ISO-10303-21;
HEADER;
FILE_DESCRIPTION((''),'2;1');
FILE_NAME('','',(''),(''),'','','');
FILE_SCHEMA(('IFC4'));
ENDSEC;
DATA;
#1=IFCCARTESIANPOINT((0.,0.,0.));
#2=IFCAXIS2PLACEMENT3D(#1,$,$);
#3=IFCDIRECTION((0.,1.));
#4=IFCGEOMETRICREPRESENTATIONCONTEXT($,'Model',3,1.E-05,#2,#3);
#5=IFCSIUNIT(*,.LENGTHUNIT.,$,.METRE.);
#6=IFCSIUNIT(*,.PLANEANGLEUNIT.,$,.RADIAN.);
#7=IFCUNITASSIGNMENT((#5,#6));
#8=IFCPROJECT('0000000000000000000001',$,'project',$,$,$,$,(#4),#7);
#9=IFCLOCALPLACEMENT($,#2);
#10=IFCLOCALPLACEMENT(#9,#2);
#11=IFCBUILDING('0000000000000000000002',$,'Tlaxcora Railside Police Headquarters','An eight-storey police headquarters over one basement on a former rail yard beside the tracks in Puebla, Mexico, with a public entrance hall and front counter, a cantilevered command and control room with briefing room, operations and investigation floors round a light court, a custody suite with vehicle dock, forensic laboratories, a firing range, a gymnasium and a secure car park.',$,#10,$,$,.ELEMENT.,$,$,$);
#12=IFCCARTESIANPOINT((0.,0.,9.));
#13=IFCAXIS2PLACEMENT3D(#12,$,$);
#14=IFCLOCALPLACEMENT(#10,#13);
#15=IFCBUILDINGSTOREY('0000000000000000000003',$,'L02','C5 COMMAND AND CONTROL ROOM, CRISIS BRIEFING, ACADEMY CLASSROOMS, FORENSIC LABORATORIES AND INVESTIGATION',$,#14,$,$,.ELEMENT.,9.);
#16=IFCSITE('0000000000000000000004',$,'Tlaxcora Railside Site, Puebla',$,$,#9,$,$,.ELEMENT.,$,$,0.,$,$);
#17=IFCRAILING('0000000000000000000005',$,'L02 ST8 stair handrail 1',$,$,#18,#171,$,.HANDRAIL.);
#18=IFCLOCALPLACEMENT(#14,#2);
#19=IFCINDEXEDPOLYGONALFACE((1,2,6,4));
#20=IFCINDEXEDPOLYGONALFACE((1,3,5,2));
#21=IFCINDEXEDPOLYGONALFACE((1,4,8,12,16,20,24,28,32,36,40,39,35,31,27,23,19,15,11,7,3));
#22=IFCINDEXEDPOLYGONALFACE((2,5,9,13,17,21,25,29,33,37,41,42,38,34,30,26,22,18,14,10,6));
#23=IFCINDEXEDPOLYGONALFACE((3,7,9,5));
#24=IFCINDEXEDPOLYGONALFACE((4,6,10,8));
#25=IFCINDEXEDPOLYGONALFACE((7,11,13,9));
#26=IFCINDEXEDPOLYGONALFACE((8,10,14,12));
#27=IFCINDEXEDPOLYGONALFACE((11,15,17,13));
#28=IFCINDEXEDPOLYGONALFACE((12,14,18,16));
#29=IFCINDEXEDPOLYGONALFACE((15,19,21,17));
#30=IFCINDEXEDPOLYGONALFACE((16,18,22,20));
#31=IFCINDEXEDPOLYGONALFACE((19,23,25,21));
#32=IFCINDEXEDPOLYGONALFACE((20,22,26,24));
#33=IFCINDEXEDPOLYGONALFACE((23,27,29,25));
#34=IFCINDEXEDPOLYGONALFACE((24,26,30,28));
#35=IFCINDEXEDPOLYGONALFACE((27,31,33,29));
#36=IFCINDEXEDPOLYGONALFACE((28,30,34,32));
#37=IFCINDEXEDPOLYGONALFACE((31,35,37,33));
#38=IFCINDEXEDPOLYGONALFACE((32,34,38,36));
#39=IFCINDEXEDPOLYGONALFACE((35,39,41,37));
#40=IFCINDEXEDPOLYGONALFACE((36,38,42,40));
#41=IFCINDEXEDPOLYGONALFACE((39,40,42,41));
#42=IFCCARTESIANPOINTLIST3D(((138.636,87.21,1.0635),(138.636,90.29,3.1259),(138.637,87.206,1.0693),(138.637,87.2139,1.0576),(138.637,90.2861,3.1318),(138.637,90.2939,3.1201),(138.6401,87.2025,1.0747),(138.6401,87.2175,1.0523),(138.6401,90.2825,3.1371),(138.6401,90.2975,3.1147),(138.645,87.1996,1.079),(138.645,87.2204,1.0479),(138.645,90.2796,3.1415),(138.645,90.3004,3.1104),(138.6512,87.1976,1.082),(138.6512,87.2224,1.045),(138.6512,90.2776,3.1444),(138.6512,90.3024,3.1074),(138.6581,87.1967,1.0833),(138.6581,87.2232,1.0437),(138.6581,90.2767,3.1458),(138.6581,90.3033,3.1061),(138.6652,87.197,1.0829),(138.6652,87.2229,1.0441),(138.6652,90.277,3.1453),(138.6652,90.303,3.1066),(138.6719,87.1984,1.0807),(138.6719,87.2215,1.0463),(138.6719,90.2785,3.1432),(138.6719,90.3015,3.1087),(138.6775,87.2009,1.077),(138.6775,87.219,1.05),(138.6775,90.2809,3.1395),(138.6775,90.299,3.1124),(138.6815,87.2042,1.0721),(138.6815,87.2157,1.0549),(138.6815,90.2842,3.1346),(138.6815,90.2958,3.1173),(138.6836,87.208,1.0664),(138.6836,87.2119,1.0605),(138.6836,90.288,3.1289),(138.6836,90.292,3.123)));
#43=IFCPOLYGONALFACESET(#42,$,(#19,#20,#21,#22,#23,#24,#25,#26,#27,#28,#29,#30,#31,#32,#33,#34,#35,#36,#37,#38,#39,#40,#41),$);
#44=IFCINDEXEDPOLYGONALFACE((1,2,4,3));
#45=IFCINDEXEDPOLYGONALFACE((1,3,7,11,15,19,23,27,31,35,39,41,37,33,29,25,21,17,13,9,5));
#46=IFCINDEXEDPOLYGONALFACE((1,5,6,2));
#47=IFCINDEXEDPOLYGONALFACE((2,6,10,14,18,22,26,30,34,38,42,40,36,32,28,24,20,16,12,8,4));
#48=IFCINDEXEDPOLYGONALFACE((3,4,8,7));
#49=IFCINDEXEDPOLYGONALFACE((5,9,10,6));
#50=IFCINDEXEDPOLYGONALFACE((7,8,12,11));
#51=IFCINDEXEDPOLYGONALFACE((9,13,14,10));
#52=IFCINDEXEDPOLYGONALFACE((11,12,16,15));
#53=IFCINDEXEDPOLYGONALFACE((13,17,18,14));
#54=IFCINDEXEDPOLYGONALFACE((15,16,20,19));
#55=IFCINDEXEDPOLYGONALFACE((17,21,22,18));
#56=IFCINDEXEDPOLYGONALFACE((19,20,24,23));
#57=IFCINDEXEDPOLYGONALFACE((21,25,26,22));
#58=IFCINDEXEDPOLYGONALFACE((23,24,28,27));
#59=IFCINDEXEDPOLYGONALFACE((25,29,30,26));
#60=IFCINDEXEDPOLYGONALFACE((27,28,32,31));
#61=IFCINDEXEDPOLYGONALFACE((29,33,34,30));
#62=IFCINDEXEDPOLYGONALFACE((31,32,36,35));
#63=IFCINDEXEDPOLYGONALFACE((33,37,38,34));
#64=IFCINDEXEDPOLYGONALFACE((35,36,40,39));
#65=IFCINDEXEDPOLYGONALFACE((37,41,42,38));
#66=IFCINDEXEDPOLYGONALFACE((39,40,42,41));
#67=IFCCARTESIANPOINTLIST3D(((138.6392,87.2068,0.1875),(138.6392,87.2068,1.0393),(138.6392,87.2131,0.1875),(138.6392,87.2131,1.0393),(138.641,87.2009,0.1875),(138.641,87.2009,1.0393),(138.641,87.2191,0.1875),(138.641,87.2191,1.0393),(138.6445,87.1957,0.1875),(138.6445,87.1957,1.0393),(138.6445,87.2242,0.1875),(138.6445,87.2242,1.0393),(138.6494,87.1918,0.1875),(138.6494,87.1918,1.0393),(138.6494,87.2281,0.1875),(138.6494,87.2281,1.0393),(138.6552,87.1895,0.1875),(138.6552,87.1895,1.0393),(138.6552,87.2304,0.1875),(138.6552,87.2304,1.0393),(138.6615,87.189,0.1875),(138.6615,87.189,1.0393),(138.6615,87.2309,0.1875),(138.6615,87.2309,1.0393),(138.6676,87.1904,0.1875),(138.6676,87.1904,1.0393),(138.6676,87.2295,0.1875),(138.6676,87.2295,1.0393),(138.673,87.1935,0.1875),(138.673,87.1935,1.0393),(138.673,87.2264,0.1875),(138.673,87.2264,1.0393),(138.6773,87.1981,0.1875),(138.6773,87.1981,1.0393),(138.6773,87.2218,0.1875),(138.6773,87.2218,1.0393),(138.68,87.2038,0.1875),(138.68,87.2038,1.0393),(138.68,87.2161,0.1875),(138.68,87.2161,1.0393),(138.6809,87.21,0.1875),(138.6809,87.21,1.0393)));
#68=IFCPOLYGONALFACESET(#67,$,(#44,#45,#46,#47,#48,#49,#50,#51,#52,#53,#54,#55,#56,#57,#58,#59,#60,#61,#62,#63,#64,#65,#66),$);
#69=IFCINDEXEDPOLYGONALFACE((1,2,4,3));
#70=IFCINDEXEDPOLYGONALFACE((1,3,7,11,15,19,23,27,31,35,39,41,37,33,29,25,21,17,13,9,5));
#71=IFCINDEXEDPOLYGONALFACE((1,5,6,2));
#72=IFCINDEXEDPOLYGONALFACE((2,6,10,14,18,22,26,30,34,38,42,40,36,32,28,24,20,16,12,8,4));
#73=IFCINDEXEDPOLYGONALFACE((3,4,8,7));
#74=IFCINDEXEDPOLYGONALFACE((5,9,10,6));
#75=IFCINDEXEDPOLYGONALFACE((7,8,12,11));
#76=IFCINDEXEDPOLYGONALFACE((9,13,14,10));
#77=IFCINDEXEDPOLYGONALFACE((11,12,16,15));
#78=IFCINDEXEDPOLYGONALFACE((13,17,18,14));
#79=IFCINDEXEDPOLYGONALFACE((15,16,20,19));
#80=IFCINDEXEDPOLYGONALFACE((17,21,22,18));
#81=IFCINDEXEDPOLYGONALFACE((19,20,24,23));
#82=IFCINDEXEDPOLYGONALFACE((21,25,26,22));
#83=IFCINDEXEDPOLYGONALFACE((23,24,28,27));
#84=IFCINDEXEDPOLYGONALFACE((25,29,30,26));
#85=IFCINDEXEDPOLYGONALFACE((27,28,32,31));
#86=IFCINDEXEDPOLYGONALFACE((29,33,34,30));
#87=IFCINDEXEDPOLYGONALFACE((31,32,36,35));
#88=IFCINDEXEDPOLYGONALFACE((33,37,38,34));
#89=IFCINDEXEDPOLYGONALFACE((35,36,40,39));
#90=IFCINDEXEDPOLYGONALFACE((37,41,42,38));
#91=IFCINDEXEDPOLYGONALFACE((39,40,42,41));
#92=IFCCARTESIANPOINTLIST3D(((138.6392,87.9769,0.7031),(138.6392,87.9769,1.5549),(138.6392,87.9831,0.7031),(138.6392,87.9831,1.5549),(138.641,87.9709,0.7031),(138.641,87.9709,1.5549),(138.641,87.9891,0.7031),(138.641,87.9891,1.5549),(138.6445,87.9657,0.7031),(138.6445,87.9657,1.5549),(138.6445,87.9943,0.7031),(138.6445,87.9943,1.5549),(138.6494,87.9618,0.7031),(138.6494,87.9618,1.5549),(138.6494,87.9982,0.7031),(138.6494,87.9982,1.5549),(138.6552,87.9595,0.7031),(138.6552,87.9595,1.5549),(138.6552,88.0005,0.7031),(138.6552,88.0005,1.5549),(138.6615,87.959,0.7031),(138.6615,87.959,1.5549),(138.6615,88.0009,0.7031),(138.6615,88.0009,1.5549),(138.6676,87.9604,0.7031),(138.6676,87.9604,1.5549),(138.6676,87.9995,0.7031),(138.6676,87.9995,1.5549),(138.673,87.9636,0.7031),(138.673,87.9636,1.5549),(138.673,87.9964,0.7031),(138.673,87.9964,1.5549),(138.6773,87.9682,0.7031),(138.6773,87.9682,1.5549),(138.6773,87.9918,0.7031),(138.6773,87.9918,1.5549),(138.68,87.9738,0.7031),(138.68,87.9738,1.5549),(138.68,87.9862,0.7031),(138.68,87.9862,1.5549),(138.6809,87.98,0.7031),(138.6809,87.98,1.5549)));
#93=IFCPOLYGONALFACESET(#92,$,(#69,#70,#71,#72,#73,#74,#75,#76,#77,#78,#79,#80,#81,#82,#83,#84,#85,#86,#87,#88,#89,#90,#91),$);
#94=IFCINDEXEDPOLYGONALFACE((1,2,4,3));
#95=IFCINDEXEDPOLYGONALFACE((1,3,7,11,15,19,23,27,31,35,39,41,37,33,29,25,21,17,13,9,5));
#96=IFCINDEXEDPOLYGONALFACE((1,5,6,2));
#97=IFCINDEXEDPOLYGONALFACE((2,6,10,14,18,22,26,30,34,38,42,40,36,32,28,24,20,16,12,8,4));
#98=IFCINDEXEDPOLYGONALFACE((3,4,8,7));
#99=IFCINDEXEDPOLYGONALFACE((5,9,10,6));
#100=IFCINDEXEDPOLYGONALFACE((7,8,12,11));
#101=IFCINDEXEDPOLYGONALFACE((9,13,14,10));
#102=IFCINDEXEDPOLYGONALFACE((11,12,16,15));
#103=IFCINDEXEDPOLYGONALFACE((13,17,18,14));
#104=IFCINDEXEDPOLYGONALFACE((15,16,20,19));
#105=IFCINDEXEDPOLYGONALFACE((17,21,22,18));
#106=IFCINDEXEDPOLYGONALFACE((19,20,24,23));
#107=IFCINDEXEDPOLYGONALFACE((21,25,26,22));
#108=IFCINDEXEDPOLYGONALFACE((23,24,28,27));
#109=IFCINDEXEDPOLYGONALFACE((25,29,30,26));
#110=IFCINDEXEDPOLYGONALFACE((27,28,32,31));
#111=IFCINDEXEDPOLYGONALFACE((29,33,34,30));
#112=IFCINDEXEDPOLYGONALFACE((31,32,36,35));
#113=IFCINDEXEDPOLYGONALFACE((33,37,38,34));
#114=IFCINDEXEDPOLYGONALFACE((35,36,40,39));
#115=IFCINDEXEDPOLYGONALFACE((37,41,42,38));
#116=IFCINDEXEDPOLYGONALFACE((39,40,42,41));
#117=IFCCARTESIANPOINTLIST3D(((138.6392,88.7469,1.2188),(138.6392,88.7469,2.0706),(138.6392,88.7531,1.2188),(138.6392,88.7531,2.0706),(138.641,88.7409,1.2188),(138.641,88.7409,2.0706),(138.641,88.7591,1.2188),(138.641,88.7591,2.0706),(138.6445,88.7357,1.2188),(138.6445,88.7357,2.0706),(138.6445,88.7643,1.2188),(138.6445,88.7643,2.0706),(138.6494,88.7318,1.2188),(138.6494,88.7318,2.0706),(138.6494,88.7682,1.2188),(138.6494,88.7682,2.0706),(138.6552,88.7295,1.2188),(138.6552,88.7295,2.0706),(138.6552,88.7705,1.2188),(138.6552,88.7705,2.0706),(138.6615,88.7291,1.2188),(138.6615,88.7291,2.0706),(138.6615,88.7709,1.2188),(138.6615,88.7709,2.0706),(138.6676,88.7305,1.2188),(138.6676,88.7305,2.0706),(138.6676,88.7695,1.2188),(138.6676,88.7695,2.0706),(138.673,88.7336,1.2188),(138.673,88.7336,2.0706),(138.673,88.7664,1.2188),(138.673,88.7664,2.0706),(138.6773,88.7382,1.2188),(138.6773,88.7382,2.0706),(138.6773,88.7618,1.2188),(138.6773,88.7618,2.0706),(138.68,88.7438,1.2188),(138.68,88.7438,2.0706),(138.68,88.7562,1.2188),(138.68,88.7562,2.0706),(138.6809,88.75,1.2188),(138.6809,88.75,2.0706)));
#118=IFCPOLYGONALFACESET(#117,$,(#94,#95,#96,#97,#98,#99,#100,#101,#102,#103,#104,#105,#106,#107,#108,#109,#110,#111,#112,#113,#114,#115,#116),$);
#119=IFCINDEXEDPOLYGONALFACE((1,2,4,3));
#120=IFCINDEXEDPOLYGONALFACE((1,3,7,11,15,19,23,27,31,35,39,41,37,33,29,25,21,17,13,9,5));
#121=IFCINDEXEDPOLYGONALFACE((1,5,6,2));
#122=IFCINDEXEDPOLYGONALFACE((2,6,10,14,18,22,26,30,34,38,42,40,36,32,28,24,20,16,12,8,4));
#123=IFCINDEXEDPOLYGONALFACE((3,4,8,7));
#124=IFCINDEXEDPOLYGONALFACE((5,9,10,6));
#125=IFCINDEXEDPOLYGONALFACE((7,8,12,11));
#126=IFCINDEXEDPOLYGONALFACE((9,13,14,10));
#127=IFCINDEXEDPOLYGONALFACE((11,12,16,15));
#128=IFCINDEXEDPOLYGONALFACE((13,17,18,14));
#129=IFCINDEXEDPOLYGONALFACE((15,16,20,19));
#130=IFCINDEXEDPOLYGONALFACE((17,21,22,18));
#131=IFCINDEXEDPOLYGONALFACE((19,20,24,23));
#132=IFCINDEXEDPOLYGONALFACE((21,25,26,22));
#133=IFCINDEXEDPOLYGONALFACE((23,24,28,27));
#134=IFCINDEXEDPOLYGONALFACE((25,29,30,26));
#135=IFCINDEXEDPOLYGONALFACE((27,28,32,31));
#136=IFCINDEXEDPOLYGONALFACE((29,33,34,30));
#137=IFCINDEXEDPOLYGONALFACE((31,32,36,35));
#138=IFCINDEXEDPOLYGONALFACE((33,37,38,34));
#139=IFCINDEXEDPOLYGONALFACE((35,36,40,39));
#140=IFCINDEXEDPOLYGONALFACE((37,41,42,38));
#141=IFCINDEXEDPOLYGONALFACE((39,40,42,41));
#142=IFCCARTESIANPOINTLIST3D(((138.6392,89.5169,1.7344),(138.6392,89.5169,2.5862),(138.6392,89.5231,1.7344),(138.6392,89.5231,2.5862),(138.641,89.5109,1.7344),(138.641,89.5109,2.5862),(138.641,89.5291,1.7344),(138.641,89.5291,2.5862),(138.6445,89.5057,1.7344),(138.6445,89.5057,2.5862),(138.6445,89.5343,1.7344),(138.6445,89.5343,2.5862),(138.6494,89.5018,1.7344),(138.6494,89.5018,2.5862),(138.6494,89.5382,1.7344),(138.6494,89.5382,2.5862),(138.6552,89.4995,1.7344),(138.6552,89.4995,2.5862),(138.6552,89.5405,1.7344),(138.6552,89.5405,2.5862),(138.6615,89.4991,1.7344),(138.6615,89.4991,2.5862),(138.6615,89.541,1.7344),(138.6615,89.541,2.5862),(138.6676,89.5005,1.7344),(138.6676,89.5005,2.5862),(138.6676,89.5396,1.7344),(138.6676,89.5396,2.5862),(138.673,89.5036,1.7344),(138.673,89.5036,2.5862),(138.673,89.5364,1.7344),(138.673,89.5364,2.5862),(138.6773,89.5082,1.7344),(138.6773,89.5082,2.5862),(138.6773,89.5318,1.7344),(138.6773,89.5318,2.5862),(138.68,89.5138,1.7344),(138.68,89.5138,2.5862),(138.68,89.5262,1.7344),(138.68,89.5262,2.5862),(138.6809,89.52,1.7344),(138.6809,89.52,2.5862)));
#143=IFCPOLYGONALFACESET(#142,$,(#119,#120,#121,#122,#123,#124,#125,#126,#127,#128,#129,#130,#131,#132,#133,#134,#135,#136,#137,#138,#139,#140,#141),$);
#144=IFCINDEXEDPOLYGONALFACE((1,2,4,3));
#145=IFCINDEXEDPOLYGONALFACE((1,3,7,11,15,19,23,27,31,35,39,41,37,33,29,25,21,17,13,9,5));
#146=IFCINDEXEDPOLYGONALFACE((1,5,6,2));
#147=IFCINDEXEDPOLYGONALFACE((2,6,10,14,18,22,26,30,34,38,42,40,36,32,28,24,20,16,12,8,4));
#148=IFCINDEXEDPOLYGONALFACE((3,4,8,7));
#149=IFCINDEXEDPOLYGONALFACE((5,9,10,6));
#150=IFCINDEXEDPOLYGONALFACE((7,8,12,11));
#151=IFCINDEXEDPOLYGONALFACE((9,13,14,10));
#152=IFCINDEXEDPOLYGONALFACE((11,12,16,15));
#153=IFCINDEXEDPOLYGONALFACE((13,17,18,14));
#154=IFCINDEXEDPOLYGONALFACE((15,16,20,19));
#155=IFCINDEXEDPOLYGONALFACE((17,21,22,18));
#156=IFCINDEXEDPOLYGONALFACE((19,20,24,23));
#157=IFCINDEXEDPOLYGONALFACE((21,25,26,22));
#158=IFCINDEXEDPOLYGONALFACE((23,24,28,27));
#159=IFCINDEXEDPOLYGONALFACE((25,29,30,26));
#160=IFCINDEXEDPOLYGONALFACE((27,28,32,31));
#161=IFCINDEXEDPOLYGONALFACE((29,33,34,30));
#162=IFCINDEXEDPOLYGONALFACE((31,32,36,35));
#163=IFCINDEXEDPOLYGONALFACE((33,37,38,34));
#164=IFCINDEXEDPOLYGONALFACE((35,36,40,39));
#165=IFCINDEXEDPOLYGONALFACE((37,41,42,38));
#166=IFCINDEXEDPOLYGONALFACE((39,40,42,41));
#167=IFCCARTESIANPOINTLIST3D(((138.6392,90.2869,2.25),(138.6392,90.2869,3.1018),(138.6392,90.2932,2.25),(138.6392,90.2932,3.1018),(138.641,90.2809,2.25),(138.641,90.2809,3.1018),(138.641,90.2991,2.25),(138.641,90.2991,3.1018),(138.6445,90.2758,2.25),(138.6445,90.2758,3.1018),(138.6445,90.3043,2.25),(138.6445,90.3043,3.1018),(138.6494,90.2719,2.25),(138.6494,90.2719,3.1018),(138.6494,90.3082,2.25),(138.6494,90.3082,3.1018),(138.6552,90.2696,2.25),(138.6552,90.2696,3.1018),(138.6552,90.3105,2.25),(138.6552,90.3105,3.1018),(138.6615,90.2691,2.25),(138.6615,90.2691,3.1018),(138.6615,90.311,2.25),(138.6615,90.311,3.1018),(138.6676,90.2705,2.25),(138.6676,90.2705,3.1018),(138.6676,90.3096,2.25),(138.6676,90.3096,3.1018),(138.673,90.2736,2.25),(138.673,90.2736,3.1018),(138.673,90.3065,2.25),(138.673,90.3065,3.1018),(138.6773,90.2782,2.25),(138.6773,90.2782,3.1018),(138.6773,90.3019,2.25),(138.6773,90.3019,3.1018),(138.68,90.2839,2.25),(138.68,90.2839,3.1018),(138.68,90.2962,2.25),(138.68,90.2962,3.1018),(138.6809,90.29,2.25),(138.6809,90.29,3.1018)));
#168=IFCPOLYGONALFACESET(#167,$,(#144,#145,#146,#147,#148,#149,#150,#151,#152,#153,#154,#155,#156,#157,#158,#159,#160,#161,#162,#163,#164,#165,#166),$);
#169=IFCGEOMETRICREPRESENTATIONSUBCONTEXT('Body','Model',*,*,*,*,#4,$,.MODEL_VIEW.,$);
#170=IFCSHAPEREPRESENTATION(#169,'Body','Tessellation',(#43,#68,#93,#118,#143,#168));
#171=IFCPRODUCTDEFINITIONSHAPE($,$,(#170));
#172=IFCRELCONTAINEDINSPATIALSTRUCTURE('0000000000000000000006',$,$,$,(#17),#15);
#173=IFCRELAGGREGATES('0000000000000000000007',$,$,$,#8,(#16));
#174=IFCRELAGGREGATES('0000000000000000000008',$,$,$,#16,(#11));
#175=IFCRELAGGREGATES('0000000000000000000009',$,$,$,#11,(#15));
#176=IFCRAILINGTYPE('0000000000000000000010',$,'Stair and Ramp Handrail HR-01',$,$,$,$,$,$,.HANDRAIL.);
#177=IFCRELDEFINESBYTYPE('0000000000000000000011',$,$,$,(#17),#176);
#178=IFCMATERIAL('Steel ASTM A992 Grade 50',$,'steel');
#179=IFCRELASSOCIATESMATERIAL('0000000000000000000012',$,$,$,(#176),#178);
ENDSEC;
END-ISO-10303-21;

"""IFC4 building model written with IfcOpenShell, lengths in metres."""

from ifc_helpers import new_model, si_unit, direction, frame, origin, origin_2d, place, context, subcontext, project, spatial, circle, extrude, material, type_object, element, save


model = new_model("IFC4")

# Units and contexts
model_context = context("Model", 3, precision=1e-05, world=origin(), true_north=direction((0.0, 1.0)))
body_context = subcontext(model_context, "Body", "Model", "MODEL_VIEW")
ifc_project = project(units=[si_unit("LENGTHUNIT", "METRE"), si_unit("PLANEANGLEUNIT", "RADIAN")], contexts=[model_context])

# Site, building, storey
site_placement = place(None, origin())
site = spatial("IfcSite", under=ifc_project, at=site_placement, Name="Tlaxcora Railside Site, Puebla", CompositionType="ELEMENT", RefElevation=0.0)
building_placement = place(site_placement, origin())
building = spatial("IfcBuilding", under=site, at=building_placement, Name="Tlaxcora Railside Police Headquarters", Description="An eight-storey police headquarters over one basement on a former rail yard beside the tracks in Puebla, Mexico, with a public entrance hall and front counter, a cantilevered command and control room with briefing room, operations and investigation floors round a light court, a custody suite with vehicle dock, forensic laboratories, a firing range, a gymnasium and a secure car park.", CompositionType="ELEMENT")
storey_placement = place(building_placement, frame((0.0, 0.0, 9.0)))
storey = spatial("IfcBuildingStorey", under=building, at=storey_placement, Name="L02", Description="C5 COMMAND AND CONTROL ROOM, CRISIS BRIEFING, ACADEMY CLASSROOMS, FORENSIC LABORATORIES AND INVESTIGATION", CompositionType="ELEMENT", Elevation=9.0)

# Shared definitions
ifc_material_1 = material(Name="Steel ASTM A992 Grade 50", Category="steel")

# Railing
railing_type_1 = type_object("IfcRailingType", Name="Stair and Ramp Handrail HR-01", PredefinedType="HANDRAIL", material=ifc_material_1)
railing_1_placement = place(storey_placement, frame((138.6599, 87.21, 0.1875)))
element("IfcRailing", 1, at=railing_1_placement, inside=storey, type_object=railing_type_1, Name="L02 ST8 stair handrail 1", PredefinedType="HANDRAIL", context=body_context, shape_type="SweptSolid", body=[
    extrude(circle(Radius=0.0239, at=origin_2d()), frame((0.0, 0.0, 0.876), z_axis=(0.0, 0.830914, 0.556401), x_axis=(-1.0, 0.0, 0.0)), (0.0, 0.0, 1.0), 3.7068),
    extrude(circle(Radius=0.021, at=origin_2d()), origin(), (0.0, 0.0, 1.0), 0.8518),
    extrude(circle(Radius=0.021, at=origin_2d()), frame((0.0, 0.77, 0.5156)), (0.0, 0.0, 1.0), 0.8518),
    extrude(circle(Radius=0.021, at=origin_2d()), frame((0.0, 1.54, 1.0312)), (0.0, 0.0, 1.0), 0.8518),
    extrude(circle(Radius=0.021, at=origin_2d()), frame((0.0, 2.3101, 1.5469)), (0.0, 0.0, 1.0), 0.8518),
    extrude(circle(Radius=0.021, at=origin_2d()), frame((0.0, 3.0801, 2.0625)), (0.0, 0.0, 1.0), 0.8518),
])

save(model, "model.ifc")
